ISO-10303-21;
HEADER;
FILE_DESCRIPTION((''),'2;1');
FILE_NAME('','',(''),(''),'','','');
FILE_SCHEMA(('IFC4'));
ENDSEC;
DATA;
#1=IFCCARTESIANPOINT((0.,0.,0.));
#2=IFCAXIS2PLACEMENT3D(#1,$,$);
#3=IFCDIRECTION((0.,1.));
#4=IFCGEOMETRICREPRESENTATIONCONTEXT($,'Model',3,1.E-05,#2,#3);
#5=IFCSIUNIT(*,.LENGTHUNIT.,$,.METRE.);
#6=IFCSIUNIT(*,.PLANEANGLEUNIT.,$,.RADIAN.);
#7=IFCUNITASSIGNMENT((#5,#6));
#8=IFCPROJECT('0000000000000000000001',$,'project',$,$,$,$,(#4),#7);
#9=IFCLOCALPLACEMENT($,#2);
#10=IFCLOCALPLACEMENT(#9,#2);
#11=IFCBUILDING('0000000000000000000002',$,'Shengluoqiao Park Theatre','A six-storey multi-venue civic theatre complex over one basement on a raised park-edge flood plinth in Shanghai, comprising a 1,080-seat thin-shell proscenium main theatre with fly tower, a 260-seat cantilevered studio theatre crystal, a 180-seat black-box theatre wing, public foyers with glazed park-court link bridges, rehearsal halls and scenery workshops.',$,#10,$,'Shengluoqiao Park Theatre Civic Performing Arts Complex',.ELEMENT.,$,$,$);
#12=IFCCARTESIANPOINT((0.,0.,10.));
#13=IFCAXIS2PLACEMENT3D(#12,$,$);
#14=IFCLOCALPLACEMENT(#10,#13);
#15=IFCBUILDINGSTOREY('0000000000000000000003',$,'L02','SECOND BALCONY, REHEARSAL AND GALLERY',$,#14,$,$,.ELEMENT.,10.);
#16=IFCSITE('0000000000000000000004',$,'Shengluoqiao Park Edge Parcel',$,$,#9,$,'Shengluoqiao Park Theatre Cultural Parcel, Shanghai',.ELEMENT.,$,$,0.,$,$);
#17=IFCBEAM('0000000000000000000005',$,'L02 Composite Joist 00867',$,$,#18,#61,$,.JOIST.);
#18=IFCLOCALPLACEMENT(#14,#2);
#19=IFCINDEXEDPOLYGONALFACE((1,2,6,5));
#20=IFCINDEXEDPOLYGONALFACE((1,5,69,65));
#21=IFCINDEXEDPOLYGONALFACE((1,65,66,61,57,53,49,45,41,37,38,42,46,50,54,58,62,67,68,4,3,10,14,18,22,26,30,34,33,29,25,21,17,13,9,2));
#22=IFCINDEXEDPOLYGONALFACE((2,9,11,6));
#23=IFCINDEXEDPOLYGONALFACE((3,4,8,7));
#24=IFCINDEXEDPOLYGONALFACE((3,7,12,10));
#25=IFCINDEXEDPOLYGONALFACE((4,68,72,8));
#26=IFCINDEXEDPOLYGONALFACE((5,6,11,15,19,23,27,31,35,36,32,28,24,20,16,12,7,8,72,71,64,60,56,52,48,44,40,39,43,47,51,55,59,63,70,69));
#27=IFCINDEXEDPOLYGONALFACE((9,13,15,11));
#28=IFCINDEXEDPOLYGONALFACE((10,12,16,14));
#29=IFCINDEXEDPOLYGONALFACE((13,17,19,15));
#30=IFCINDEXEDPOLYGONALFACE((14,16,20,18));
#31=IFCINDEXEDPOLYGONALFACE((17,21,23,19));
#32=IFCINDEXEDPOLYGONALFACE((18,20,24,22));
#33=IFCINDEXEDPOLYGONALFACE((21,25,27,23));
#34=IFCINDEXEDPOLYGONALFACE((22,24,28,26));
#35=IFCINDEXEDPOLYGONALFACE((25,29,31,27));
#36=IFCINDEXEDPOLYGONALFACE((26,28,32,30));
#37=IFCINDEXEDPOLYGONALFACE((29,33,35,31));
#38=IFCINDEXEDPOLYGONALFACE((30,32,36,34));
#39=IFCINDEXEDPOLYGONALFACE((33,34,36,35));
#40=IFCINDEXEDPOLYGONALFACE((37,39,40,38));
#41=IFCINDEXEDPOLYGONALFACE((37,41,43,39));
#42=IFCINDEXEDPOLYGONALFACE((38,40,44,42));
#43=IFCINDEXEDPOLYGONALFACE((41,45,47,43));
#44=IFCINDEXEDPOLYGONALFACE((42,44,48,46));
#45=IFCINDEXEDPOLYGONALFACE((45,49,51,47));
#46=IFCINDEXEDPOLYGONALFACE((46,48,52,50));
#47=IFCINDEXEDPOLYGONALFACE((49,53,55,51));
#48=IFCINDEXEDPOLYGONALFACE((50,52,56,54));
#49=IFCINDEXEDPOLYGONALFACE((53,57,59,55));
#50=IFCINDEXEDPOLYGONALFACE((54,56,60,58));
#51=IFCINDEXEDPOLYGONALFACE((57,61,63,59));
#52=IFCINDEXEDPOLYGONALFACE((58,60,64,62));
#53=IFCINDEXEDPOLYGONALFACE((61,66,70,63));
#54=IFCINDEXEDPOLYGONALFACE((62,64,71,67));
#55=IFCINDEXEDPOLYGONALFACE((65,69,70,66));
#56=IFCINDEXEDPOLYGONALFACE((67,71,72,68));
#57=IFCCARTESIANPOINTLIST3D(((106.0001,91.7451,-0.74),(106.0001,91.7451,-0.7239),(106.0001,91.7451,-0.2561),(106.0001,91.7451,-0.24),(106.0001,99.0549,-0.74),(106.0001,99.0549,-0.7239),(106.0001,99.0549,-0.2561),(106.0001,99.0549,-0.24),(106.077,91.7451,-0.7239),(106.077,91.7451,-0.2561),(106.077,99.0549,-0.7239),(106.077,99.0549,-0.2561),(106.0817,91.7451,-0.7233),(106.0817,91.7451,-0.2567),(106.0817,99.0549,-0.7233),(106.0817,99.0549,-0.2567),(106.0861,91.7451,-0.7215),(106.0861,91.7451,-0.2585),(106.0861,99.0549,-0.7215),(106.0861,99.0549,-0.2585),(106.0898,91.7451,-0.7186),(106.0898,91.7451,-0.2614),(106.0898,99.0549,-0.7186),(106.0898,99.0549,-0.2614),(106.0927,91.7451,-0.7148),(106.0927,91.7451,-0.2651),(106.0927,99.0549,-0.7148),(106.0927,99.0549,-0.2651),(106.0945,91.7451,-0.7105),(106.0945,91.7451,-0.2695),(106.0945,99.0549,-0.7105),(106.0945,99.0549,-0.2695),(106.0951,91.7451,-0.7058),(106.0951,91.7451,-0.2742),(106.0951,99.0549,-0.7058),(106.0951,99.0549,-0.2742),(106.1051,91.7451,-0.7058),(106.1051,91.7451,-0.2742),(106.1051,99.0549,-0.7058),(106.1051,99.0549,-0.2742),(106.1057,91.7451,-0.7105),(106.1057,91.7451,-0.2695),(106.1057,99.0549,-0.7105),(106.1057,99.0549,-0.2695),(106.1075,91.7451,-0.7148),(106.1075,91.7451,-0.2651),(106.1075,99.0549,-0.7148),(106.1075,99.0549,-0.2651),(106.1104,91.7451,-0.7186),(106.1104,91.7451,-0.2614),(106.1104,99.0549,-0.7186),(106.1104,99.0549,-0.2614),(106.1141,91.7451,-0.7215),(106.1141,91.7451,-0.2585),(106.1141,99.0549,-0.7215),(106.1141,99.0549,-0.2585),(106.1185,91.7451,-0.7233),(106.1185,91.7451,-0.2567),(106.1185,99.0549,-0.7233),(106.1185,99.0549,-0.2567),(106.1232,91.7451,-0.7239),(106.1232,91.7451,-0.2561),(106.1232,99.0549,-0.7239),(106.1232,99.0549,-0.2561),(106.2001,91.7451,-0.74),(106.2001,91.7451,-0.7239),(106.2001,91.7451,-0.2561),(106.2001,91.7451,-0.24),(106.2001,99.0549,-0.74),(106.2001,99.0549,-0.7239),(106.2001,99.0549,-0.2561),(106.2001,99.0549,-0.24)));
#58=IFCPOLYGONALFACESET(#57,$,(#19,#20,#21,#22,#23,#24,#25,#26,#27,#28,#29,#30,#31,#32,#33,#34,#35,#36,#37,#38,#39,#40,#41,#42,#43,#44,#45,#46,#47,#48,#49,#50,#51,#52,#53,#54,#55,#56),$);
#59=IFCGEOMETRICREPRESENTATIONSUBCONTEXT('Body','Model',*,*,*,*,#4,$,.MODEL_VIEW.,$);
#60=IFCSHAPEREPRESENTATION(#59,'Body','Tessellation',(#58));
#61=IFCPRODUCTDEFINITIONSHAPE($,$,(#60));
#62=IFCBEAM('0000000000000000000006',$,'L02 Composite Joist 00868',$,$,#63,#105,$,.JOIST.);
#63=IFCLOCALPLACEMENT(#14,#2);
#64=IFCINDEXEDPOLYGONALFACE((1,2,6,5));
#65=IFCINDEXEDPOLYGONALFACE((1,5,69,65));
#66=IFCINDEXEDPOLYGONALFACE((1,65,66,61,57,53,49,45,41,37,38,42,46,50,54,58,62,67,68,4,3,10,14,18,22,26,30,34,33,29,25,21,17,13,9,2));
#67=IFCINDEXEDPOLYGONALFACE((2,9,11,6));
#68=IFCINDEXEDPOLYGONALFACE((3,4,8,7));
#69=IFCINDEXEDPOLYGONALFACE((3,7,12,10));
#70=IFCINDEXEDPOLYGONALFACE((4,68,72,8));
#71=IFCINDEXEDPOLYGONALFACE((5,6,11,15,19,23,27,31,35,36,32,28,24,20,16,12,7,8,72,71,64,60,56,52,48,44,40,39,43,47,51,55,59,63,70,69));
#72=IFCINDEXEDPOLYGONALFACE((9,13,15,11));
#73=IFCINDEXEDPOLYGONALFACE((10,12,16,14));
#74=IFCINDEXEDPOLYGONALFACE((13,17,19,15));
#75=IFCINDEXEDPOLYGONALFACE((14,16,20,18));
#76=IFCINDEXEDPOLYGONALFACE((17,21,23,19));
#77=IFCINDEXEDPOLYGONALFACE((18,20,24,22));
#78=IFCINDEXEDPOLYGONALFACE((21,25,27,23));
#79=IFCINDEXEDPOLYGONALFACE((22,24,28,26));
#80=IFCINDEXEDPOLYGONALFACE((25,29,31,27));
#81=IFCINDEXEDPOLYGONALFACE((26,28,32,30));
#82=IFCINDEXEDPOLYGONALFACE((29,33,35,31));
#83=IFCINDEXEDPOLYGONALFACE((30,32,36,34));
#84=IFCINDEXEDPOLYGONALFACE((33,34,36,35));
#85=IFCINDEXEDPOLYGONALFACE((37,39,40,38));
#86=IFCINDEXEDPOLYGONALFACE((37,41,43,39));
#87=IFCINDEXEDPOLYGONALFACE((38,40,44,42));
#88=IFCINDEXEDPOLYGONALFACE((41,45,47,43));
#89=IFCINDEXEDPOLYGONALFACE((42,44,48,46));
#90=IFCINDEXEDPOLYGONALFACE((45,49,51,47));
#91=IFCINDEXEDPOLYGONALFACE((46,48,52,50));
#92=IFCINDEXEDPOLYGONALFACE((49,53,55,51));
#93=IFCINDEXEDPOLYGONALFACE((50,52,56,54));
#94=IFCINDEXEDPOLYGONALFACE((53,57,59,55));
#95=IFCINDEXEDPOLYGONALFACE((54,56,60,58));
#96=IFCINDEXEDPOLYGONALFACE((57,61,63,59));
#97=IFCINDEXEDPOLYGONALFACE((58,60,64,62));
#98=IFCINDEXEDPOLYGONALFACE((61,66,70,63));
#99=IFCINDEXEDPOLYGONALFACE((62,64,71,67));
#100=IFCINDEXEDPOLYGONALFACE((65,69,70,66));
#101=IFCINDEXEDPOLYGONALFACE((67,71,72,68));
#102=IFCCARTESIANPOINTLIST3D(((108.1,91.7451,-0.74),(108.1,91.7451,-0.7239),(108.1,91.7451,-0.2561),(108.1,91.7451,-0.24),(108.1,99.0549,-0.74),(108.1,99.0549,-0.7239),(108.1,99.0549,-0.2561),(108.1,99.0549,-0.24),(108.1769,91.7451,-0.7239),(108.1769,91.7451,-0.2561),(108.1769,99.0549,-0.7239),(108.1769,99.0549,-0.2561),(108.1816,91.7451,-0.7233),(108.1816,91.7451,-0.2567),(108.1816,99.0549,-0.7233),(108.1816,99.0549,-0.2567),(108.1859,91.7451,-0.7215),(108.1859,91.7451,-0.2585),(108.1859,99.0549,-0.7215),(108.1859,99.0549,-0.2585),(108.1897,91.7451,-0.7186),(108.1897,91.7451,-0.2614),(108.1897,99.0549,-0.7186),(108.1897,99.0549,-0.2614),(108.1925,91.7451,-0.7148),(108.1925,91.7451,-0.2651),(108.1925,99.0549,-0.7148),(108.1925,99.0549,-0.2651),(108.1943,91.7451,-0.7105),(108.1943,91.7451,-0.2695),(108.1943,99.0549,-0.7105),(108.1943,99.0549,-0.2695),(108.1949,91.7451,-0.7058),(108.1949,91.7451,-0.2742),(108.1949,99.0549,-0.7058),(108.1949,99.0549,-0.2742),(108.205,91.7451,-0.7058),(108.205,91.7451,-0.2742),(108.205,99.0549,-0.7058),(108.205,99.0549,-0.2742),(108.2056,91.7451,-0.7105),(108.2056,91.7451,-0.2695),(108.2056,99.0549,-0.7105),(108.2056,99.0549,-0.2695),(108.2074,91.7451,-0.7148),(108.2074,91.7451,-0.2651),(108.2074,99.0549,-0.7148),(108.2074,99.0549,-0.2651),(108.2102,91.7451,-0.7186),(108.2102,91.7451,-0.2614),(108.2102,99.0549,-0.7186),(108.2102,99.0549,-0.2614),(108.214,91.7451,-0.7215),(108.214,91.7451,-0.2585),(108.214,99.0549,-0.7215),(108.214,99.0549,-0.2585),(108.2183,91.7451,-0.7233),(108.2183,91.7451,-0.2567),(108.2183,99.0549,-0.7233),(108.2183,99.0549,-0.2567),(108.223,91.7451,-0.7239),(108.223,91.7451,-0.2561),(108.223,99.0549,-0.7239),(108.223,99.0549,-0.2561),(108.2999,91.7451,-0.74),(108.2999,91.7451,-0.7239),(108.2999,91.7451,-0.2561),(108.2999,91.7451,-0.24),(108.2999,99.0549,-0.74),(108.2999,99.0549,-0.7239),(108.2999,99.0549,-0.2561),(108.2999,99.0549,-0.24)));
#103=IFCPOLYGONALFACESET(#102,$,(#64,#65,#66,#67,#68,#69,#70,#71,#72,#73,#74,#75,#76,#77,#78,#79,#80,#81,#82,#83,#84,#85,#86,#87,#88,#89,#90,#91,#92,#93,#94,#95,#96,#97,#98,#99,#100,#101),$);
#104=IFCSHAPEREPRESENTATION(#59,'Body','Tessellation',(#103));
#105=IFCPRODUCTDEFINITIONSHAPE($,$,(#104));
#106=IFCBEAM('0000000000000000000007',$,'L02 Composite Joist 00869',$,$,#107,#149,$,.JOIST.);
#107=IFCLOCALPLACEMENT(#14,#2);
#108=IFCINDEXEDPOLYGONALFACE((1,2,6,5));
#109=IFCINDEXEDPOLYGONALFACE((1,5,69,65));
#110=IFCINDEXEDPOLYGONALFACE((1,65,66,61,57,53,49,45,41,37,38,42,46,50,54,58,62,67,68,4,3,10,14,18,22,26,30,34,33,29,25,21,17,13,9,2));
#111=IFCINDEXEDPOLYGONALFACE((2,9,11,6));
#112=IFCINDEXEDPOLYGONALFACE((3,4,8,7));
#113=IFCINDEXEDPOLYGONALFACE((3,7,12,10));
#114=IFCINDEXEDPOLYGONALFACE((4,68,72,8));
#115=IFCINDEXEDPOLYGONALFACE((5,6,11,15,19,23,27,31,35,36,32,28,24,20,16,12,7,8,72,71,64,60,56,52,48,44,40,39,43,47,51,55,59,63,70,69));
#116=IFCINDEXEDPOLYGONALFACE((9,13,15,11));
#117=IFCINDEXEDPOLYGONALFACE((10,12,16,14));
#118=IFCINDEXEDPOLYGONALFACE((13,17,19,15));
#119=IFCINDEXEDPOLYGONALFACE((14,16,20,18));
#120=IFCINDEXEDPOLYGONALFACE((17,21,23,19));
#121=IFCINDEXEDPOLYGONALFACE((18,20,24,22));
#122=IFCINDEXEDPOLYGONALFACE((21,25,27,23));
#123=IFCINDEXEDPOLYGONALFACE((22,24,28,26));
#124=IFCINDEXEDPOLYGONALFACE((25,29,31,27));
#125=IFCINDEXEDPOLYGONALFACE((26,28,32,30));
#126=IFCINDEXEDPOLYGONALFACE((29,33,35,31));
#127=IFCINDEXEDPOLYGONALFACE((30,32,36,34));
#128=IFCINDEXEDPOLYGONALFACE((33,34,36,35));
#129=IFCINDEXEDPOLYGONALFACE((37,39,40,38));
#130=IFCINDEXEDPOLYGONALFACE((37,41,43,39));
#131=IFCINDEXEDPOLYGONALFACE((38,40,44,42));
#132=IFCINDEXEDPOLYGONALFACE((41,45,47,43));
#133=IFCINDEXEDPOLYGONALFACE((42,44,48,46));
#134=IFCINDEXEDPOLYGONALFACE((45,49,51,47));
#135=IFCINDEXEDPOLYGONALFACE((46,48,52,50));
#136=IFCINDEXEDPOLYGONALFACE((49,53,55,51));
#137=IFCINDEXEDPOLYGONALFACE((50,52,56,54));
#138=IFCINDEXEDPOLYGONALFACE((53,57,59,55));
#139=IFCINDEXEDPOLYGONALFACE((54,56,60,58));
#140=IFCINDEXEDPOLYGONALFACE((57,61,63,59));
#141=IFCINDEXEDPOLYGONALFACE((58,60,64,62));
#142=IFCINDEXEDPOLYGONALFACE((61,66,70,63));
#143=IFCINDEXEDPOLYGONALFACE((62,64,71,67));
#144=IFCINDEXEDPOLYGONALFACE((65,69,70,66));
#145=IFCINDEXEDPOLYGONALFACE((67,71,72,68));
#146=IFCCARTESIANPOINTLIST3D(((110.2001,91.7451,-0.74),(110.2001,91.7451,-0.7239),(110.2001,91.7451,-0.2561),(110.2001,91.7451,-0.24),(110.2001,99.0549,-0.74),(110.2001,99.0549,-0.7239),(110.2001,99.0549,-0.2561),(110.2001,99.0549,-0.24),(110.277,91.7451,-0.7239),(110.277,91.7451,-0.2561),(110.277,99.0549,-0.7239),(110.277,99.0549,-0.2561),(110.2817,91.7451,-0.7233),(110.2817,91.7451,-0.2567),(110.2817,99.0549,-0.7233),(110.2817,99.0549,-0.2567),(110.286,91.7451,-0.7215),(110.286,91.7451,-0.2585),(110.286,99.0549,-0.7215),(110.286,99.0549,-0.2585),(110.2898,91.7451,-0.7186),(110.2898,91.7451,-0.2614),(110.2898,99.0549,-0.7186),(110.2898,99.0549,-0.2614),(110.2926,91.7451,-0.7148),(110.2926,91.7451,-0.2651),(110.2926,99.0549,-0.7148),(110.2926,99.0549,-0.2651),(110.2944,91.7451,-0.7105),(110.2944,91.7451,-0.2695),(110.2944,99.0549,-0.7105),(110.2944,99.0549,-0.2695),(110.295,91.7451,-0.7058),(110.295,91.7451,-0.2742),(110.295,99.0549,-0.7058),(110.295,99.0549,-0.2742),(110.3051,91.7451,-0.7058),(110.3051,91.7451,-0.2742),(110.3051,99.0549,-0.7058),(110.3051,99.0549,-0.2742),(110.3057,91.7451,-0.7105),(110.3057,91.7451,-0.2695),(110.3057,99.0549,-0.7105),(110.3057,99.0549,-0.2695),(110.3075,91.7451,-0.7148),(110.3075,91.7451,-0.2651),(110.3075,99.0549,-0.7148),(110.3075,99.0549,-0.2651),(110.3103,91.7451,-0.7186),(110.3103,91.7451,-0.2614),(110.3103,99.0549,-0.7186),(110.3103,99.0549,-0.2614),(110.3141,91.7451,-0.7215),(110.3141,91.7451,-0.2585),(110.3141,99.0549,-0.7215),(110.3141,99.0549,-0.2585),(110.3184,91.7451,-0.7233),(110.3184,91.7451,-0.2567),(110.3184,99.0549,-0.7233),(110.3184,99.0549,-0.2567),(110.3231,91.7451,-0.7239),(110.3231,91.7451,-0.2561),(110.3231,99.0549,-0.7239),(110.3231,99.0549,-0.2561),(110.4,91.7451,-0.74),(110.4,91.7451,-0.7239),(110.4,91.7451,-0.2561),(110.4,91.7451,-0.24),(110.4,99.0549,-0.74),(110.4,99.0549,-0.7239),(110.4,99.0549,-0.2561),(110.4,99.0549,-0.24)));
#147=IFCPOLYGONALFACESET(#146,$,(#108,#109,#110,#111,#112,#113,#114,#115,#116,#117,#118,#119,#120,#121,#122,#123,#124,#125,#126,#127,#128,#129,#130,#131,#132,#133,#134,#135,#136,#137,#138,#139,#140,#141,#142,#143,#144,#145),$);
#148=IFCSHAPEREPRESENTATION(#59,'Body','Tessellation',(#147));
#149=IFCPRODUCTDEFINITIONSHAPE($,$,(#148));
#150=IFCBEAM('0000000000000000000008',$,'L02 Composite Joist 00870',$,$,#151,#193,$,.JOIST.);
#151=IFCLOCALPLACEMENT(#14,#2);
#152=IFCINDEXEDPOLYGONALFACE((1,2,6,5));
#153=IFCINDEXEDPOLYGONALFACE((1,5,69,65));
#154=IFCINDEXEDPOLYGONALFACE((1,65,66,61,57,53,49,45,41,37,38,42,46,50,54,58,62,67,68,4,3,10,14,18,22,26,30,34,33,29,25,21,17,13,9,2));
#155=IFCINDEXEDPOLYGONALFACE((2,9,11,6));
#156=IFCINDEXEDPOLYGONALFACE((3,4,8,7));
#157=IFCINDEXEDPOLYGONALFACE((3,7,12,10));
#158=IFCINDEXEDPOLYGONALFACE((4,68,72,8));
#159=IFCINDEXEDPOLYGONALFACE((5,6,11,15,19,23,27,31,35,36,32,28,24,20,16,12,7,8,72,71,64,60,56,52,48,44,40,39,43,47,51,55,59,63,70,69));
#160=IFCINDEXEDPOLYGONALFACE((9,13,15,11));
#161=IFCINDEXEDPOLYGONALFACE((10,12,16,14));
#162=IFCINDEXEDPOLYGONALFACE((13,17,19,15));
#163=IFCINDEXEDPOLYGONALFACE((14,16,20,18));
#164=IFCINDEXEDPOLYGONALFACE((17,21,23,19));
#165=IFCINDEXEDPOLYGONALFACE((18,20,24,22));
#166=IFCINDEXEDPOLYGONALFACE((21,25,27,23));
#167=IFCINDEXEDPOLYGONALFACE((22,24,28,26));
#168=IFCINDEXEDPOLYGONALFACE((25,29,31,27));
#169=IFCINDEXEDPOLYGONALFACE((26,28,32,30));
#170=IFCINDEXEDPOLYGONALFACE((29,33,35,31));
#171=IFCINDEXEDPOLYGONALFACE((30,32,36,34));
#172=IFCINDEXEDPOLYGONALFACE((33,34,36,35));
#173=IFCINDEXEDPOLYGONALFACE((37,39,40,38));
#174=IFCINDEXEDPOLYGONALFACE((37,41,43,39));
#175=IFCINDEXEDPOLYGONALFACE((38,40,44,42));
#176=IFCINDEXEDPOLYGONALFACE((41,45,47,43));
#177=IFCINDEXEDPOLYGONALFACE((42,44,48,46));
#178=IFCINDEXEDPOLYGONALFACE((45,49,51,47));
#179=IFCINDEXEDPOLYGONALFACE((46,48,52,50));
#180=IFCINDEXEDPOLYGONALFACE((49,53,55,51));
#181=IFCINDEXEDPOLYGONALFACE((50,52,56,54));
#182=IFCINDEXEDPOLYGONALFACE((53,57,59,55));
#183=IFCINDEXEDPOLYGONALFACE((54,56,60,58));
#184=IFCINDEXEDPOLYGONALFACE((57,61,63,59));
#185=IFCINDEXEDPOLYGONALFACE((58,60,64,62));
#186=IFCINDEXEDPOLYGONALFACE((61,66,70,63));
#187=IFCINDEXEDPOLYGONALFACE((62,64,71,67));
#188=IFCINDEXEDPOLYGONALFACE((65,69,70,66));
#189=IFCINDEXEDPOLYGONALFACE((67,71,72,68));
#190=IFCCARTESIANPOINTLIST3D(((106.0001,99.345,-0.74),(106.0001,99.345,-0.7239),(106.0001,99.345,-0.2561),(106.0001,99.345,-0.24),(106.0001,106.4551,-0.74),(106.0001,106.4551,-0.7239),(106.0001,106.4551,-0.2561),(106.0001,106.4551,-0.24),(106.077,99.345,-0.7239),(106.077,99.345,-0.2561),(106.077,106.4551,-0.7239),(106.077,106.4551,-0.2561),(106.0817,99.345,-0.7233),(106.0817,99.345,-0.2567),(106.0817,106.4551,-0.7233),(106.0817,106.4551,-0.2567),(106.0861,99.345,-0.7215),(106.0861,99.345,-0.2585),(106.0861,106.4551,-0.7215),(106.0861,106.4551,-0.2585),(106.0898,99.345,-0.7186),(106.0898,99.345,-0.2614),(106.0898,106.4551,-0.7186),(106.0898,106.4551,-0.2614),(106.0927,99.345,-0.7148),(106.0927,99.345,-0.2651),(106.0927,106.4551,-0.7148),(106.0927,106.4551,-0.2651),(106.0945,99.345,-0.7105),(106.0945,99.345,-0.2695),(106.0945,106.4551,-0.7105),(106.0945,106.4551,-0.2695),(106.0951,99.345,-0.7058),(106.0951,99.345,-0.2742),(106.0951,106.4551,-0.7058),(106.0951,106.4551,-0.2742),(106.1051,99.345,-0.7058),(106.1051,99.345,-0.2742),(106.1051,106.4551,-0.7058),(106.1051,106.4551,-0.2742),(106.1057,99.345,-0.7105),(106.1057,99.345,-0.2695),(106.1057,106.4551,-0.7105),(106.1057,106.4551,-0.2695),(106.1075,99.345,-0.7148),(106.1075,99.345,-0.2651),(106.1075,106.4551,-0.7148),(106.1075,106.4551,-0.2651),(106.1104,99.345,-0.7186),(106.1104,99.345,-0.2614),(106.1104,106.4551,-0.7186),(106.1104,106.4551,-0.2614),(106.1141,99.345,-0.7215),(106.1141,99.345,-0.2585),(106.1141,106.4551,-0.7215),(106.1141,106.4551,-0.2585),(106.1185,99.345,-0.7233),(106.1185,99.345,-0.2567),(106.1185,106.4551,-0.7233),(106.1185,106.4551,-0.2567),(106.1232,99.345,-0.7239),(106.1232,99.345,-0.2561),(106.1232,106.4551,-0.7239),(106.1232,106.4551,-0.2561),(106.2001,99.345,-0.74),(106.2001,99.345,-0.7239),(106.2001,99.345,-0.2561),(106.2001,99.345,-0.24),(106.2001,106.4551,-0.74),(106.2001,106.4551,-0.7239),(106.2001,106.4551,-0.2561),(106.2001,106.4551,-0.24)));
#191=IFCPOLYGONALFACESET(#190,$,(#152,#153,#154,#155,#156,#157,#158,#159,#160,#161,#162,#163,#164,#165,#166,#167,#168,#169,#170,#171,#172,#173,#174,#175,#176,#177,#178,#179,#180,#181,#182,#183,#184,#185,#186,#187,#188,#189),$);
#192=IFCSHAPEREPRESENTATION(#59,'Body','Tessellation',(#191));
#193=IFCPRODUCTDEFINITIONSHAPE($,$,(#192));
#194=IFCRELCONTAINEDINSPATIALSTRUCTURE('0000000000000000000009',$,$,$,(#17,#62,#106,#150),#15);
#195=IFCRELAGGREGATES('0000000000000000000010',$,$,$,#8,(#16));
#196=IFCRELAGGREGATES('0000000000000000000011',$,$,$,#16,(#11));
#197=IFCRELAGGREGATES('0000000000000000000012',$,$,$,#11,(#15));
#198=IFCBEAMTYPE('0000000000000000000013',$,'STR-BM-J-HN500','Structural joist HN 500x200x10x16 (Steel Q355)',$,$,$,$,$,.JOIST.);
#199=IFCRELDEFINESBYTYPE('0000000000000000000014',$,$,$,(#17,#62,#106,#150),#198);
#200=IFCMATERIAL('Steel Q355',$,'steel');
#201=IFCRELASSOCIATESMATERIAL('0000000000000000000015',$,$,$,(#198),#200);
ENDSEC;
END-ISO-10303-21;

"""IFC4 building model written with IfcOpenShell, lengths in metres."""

from ifc_helpers import new_model, si_unit, direction, frame, origin, origin_2d, place, context, subcontext, project, spatial, i_section, extrude, material, material_profile, profile_set, type_object, element, save


model = new_model("IFC4")

# Units and contexts
model_context = context("Model", 3, precision=1e-05, world=origin(), true_north=direction((0.0, 1.0)))
body_context = subcontext(model_context, "Body", "Model", "MODEL_VIEW")
ifc_project = project(units=[si_unit("LENGTHUNIT", "METRE"), si_unit("PLANEANGLEUNIT", "RADIAN")], contexts=[model_context])

# Site, building, storey
site_placement = place(None, origin())
site = spatial("IfcSite", under=ifc_project, at=site_placement, Name="Shengluoqiao Park Edge Parcel", LongName="Shengluoqiao Park Theatre Cultural Parcel, Shanghai", CompositionType="ELEMENT", RefElevation=0.0)
building_placement = place(site_placement, origin())
building = spatial("IfcBuilding", under=site, at=building_placement, Name="Shengluoqiao Park Theatre", Description="A six-storey multi-venue civic theatre complex over one basement on a raised park-edge flood plinth in Shanghai, comprising a 1,080-seat thin-shell proscenium main theatre with fly tower, a 260-seat cantilevered studio theatre crystal, a 180-seat black-box theatre wing, public foyers with glazed park-court link bridges, rehearsal halls and scenery workshops.", LongName="Shengluoqiao Park Theatre Civic Performing Arts Complex", CompositionType="ELEMENT")
storey_placement = place(building_placement, frame((0.0, 0.0, 10.0)))
storey = spatial("IfcBuildingStorey", under=building, at=storey_placement, Name="L02", Description="SECOND BALCONY, REHEARSAL AND GALLERY", CompositionType="ELEMENT", Elevation=10.0)

# Beams
ifc_material_1 = material(Name="Steel Q355", Category="steel")
ifc_material_profile_1 = material_profile(ifc_material_1, i_section(OverallWidth=0.2, OverallDepth=0.5, WebThickness=0.01, FlangeThickness=0.0161, FilletRadius=0.0181, at=origin_2d()), Name="HN 500x200x10x16")
ifc_profile_set_1 = profile_set([ifc_material_profile_1], Name="Steel Q355")
beam_type_1 = type_object("IfcBeamType", Name="STR-BM-J-HN500", Description="Structural joist HN 500x200x10x16 (Steel Q355)", PredefinedType="JOIST", material=ifc_profile_set_1)
for number, where, z_axis, x_axis, name in (
    (1, (106.1001, 91.7451, -0.49), (0.0, 1.0, 0.0), (-1.0, 0.0, 0.0), "L02 Composite Joist 00867"),
    (2, (108.2, 91.7451, -0.49), (0.0, 1.0, 0.0), (-1.0, 0.0, 0.0), "L02 Composite Joist 00868"),
    (3, (110.3, 91.7451, -0.49), (0.0, 1.0, 0.0), (-1.0, 0.0, 0.0), "L02 Composite Joist 00869"),
):
    element("IfcBeam", number, at=place(storey_placement, frame(where, z_axis=z_axis, x_axis=x_axis)), inside=storey, type_object=beam_type_1, Name=name, PredefinedType="JOIST", context=body_context, shape_type="SweptSolid", body=[
        extrude(i_section(OverallWidth=0.2, OverallDepth=0.5, WebThickness=0.01, FlangeThickness=0.0161, FilletRadius=0.0181, at=origin_2d()), origin(), (0.0, 0.0, 1.0), 7.3098),
    ])
for number, where, z_axis, x_axis, name in (
    (4, (106.1001, 99.345, -0.49), (0.0, 1.0, 0.0), (-1.0, 0.0, 0.0), "L02 Composite Joist 00870"),
):
    element("IfcBeam", number, at=place(storey_placement, frame(where, z_axis=z_axis, x_axis=x_axis)), inside=storey, type_object=beam_type_1, Name=name, PredefinedType="JOIST", context=body_context, shape_type="SweptSolid", body=[
        extrude(i_section(OverallWidth=0.2, OverallDepth=0.5, WebThickness=0.01, FlangeThickness=0.0161, FilletRadius=0.0181, at=origin_2d()), origin(), (0.0, 0.0, 1.0), 7.1101),
    ])

save(model, "model.ifc")
